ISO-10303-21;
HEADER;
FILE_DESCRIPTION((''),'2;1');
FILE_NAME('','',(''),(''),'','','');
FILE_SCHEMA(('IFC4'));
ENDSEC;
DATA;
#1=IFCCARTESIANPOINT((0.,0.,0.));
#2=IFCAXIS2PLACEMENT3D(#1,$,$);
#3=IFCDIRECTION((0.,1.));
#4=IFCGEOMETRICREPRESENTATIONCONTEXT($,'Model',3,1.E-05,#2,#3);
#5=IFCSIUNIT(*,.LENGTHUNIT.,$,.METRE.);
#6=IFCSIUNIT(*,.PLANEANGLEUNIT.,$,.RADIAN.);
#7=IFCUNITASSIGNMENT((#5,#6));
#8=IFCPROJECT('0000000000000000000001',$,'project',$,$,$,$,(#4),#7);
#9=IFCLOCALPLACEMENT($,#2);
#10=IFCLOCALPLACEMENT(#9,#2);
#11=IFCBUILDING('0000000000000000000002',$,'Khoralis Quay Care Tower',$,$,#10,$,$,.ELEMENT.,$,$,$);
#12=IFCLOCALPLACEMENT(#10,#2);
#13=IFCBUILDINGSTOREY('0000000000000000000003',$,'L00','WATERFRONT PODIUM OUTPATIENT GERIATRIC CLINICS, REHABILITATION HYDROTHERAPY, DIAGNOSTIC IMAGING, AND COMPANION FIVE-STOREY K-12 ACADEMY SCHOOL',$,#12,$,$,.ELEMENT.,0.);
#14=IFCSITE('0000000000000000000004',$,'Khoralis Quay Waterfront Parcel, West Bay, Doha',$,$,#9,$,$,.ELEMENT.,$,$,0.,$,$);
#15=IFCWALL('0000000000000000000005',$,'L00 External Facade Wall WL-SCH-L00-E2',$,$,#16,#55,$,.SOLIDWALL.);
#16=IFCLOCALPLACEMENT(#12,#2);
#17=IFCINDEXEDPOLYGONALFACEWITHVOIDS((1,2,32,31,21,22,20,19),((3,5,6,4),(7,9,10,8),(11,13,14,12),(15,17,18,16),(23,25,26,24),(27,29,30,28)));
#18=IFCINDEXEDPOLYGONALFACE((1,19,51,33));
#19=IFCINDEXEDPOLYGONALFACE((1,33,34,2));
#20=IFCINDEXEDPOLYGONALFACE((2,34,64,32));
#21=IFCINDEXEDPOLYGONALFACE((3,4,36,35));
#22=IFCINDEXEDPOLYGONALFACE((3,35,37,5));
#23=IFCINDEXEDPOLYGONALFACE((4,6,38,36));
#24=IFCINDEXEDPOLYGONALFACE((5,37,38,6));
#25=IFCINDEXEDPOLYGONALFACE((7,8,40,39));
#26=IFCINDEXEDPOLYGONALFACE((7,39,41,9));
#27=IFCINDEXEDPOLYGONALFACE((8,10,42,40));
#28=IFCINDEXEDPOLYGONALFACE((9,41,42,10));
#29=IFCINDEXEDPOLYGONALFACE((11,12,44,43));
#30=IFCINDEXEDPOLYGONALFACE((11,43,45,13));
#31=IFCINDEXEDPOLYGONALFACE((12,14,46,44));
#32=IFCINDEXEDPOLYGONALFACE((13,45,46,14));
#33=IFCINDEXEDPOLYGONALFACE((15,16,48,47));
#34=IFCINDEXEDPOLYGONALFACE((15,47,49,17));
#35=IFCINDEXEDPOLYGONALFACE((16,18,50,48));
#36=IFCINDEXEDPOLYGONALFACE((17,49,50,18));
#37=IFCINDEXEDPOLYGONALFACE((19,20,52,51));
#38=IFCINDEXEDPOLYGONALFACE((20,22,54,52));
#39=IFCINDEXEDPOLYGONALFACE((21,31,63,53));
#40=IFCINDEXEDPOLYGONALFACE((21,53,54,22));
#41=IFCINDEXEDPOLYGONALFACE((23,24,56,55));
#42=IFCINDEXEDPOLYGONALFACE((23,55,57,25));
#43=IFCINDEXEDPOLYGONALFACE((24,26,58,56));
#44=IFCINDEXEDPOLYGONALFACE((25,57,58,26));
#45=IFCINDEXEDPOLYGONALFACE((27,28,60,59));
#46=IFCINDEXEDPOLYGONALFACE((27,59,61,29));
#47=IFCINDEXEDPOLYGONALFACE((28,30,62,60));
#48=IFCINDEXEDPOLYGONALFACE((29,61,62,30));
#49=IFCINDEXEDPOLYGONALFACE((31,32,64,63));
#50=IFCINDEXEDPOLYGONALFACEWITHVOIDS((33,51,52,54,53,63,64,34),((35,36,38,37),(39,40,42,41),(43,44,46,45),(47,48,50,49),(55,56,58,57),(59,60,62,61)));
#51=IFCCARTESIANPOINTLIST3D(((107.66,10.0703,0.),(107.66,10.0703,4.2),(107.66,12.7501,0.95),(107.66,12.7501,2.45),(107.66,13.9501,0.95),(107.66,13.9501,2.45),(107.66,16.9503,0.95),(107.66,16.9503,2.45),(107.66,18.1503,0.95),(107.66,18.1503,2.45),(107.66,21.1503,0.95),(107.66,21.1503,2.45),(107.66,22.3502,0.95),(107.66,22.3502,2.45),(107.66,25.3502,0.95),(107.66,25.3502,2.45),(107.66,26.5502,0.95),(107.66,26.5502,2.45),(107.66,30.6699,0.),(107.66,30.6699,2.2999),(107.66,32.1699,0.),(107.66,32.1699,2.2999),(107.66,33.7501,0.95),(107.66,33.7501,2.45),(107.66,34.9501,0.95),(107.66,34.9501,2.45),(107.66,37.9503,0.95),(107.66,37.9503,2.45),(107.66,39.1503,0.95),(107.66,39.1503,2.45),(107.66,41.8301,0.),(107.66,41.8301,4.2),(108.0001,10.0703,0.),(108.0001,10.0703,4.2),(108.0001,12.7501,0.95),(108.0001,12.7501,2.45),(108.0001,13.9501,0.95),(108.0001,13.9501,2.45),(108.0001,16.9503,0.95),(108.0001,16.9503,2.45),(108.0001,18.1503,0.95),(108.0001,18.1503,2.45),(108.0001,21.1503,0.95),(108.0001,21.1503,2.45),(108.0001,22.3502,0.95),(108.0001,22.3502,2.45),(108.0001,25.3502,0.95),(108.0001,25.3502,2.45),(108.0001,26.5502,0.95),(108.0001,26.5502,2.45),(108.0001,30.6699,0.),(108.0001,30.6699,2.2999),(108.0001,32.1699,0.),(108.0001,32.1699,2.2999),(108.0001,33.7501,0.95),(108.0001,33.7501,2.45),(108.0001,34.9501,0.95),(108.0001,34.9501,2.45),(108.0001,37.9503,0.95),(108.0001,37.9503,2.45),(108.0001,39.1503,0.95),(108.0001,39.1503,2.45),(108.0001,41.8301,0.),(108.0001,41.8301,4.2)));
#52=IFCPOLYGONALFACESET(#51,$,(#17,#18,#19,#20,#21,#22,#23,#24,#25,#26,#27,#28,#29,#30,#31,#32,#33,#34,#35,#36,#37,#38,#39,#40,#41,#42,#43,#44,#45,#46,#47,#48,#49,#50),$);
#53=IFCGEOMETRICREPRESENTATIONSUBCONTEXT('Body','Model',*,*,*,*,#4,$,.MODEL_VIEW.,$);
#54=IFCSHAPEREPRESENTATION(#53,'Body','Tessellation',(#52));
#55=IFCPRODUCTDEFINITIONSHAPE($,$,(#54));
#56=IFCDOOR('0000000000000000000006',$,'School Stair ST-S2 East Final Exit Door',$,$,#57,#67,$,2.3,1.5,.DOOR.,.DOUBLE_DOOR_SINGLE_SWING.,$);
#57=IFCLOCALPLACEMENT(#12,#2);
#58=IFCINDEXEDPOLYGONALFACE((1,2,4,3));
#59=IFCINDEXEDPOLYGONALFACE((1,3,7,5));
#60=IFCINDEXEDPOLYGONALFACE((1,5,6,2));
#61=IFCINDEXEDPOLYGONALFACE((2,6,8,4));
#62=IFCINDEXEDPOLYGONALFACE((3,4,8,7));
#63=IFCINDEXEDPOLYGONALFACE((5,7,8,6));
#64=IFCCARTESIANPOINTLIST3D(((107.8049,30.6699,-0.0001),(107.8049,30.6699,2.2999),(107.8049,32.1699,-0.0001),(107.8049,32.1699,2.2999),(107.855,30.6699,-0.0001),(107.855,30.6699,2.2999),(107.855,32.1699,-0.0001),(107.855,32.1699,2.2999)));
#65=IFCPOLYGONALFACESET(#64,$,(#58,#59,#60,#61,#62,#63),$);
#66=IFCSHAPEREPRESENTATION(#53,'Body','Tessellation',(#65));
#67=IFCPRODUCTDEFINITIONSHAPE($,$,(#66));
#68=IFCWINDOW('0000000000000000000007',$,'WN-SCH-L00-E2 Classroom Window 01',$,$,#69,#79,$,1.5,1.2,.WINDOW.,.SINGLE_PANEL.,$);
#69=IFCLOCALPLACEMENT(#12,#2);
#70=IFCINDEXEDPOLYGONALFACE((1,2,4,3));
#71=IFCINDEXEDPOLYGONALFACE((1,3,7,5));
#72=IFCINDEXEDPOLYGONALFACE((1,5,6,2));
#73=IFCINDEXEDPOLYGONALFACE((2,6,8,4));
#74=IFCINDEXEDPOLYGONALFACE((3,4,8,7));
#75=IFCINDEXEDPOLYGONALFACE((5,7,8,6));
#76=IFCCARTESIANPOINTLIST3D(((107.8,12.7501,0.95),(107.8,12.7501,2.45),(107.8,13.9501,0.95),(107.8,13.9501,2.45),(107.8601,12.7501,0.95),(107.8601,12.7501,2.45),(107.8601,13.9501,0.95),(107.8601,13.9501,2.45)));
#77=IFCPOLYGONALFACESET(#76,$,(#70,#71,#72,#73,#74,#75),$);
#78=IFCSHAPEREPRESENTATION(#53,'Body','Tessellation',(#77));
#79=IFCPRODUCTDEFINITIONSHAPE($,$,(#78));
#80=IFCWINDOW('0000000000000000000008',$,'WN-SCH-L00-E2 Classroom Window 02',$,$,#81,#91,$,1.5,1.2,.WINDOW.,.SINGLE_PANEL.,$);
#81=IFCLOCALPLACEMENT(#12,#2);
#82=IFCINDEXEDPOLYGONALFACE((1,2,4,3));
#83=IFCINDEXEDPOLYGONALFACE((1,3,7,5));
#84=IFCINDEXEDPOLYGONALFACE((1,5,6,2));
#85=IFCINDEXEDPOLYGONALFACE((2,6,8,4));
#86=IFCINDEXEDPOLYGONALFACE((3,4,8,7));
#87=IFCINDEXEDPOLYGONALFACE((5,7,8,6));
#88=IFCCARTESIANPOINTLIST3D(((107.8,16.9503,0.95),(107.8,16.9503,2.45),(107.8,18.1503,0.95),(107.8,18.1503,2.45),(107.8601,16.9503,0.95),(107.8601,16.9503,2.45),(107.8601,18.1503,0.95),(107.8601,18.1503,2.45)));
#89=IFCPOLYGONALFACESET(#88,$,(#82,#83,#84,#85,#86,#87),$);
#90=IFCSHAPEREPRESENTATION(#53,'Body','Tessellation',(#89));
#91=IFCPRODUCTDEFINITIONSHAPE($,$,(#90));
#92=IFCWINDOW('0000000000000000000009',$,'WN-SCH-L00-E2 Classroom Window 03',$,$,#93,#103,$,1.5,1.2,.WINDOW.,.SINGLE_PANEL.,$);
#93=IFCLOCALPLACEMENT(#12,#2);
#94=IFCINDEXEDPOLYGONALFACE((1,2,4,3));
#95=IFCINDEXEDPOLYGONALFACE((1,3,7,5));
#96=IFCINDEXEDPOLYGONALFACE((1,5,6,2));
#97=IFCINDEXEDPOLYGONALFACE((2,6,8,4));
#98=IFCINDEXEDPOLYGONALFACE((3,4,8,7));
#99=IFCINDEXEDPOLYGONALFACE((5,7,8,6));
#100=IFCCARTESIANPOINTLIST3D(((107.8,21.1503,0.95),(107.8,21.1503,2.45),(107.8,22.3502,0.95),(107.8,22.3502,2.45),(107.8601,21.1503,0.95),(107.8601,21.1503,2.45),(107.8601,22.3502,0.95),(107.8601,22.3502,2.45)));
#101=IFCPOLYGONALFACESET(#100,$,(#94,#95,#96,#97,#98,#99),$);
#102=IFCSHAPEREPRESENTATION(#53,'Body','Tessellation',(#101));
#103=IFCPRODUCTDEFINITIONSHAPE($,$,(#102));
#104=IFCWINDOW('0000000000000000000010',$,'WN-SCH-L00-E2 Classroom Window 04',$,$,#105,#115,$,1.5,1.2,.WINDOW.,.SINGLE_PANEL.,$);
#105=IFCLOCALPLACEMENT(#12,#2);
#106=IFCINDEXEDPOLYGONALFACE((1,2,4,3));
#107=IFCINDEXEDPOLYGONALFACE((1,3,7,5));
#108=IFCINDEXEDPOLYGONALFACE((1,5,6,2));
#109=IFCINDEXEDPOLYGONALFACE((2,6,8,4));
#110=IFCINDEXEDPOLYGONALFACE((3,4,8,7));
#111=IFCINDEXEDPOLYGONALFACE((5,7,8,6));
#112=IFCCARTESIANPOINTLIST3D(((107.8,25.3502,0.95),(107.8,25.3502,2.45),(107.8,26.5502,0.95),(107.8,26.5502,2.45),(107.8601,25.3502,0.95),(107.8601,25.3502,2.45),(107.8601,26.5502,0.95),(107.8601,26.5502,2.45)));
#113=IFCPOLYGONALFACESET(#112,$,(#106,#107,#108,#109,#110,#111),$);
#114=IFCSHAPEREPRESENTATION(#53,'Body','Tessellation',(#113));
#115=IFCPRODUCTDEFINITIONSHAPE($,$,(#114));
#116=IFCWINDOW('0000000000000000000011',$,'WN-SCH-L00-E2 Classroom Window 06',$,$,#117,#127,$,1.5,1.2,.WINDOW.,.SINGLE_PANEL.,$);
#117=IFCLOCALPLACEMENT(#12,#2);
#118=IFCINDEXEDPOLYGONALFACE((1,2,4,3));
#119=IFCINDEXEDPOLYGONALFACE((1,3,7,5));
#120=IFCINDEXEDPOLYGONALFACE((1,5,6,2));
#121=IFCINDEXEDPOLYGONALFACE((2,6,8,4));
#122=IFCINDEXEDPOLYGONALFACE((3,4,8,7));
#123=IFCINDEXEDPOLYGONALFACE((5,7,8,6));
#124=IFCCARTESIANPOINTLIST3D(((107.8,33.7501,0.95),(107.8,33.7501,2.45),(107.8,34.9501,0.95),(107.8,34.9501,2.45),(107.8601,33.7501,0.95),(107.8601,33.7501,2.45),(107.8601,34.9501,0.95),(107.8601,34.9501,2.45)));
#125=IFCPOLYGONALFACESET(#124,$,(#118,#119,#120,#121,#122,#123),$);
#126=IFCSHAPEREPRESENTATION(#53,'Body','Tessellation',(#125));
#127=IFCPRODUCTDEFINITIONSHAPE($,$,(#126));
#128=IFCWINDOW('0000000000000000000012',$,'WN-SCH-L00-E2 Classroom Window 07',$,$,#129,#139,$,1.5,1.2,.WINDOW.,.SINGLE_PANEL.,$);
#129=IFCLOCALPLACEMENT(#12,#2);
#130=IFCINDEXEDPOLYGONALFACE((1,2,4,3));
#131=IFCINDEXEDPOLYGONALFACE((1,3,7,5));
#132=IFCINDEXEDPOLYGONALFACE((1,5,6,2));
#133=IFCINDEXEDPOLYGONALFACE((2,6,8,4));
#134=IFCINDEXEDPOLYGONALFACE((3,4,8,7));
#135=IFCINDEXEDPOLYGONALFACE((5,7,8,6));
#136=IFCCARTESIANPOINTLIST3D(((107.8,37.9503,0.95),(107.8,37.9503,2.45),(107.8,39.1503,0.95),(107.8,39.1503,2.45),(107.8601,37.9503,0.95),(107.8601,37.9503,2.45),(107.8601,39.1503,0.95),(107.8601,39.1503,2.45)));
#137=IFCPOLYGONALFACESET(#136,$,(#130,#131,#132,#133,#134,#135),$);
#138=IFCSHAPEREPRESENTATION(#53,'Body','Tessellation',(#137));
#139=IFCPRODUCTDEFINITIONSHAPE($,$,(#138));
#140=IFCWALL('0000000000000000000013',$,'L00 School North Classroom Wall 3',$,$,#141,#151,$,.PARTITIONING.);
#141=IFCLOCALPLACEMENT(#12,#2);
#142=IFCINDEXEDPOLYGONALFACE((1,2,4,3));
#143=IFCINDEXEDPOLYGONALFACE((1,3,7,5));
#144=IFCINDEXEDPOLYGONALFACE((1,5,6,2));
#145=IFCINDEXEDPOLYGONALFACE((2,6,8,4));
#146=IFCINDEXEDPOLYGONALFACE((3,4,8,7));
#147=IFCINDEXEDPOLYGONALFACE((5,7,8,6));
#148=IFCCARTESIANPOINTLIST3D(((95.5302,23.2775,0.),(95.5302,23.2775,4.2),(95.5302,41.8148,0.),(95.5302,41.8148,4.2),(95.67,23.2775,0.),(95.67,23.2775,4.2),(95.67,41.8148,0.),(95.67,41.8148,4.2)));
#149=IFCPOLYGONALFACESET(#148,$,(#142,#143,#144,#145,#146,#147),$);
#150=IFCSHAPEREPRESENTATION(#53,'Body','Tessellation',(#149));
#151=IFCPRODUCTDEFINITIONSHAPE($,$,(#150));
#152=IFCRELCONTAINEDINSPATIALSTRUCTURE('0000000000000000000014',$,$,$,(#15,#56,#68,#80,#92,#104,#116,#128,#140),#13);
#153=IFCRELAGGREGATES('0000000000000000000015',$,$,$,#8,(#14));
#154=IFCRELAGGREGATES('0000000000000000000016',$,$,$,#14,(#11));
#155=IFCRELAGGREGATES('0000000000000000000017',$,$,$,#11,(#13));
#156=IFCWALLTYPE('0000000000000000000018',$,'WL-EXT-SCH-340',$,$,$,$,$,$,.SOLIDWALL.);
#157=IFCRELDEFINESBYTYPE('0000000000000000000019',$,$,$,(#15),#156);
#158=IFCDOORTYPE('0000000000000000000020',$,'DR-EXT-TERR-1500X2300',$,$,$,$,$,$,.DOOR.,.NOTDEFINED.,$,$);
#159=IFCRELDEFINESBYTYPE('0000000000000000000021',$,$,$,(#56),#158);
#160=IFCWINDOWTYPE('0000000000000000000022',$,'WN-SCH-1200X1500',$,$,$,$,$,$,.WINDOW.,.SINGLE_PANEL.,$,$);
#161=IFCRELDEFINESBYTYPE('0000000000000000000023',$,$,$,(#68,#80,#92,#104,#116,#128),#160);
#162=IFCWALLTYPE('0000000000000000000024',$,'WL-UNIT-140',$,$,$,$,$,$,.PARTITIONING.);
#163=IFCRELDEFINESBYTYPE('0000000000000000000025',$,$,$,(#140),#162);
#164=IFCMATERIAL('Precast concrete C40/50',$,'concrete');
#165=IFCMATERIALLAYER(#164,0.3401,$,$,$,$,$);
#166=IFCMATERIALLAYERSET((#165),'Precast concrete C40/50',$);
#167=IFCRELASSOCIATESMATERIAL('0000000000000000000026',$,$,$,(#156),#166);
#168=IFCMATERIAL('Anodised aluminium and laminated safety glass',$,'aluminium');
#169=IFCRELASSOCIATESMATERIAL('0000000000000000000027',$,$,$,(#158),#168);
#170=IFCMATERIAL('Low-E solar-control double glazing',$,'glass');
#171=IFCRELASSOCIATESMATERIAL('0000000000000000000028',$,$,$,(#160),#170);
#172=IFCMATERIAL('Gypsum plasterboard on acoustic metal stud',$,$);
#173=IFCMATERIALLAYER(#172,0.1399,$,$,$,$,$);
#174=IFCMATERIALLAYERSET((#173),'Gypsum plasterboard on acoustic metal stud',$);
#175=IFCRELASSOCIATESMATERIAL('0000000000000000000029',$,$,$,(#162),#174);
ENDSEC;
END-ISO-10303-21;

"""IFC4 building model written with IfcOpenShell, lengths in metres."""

from ifc_helpers import new_model, si_unit, direction, frame, frame_2d, origin, place, context, subcontext, project, spatial, rectangle, extrude, source, transform, mapped, material, layer, layer_set, type_object, element, fill, save


model = new_model("IFC4")

# Units and contexts
model_context = context("Model", 3, precision=1e-05, world=origin(), true_north=direction((0.0, 1.0)))
body_context = subcontext(model_context, "Body", "Model", "MODEL_VIEW")
ifc_project = project(units=[si_unit("LENGTHUNIT", "METRE"), si_unit("PLANEANGLEUNIT", "RADIAN")], contexts=[model_context])

# Site, building, storey
site_placement = place(None, origin())
site = spatial("IfcSite", under=ifc_project, at=site_placement, Name="Khoralis Quay Waterfront Parcel, West Bay, Doha", CompositionType="ELEMENT", RefElevation=0.0)
building_placement = place(site_placement, origin())
building = spatial("IfcBuilding", under=site, at=building_placement, Name="Khoralis Quay Care Tower", CompositionType="ELEMENT")
storey_placement = place(building_placement, origin())
storey = spatial("IfcBuildingStorey", under=building, at=storey_placement, Name="L00", Description="WATERFRONT PODIUM OUTPATIENT GERIATRIC CLINICS, REHABILITATION HYDROTHERAPY, DIAGNOSTIC IMAGING, AND COMPANION FIVE-STOREY K-12 ACADEMY SCHOOL", CompositionType="ELEMENT", Elevation=0.0)

# Shared definitions
ifc_material_1 = material(Name="Gypsum plasterboard on acoustic metal stud")

# Wall, openings, door, windows
ifc_material_2 = material(Name="Precast concrete C40/50", Category="concrete")
ifc_layer_1 = layer(ifc_material_2, 0.3401)
ifc_layer_set_1 = layer_set([ifc_layer_1], Name="Precast concrete C40/50")
wall_type_1 = type_object("IfcWallType", Name="WL-EXT-SCH-340", PredefinedType="SOLIDWALL", material=ifc_layer_set_1)
wall_1_placement = place(storey_placement, frame((107.8301, 10.0703, 0.0), z_axis=(0.0, 0.0, 1.0), x_axis=(0.0, 1.0, 0.0)))
wall_1 = element("IfcWall", 1, at=wall_1_placement, inside=storey, type_object=wall_type_1, Name="L00 External Facade Wall WL-SCH-L00-E2", PredefinedType="SOLIDWALL", context=body_context, shape_type="SweptSolid", body=[
    extrude(rectangle(XDim=31.7598, YDim=0.3401, at=frame_2d((15.8799, 0.0))), origin(), (0.0, 0.0, 1.0), 4.2),
])
opening_1_placement = place(wall_1_placement, frame((2.6797, 0.0, 0.95)))
opening_1 = element("IfcOpeningElement", 2, at=opening_1_placement, cuts=wall_1, PredefinedType="OPENING", context=body_context, shape_type="SweptSolid", body=[
    extrude(rectangle(XDim=1.2, YDim=1.5, at=frame_2d((0.6001, 0.75))), frame((0.0, 0.1802, 0.0), z_axis=(0.0, -1.0, 0.0), x_axis=(1.0, 0.0, 0.0)), (0.0, 0.0, 1.0), 0.3601),
])
opening_2_placement = place(wall_1_placement, frame((6.8799, 0.0, 0.95)))
opening_2 = element("IfcOpeningElement", 3, at=opening_2_placement, cuts=wall_1, PredefinedType="OPENING", context=body_context, shape_type="SweptSolid", body=[
    extrude(rectangle(XDim=1.2, YDim=1.5, at=frame_2d((0.6001, 0.75))), frame((0.0, 0.1802, 0.0), z_axis=(0.0, -1.0, 0.0), x_axis=(1.0, 0.0, 0.0)), (0.0, 0.0, 1.0), 0.3601),
])
opening_3_placement = place(wall_1_placement, frame((11.0798, 0.0, 0.95)))
opening_3 = element("IfcOpeningElement", 4, at=opening_3_placement, cuts=wall_1, PredefinedType="OPENING", context=body_context, shape_type="SweptSolid", body=[
    extrude(rectangle(XDim=1.2, YDim=1.5, at=frame_2d((0.6001, 0.75))), frame((0.0, 0.1802, 0.0), z_axis=(0.0, -1.0, 0.0), x_axis=(1.0, 0.0, 0.0)), (0.0, 0.0, 1.0), 0.3601),
])
opening_4_placement = place(wall_1_placement, frame((15.2798, 0.0, 0.95)))
opening_4 = element("IfcOpeningElement", 5, at=opening_4_placement, cuts=wall_1, PredefinedType="OPENING", context=body_context, shape_type="SweptSolid", body=[
    extrude(rectangle(XDim=1.2, YDim=1.5, at=frame_2d((0.6001, 0.75))), frame((0.0, 0.1802, 0.0), z_axis=(0.0, -1.0, 0.0), x_axis=(1.0, 0.0, 0.0)), (0.0, 0.0, 1.0), 0.3601),
])
opening_5_placement = place(wall_1_placement, frame((23.6797, 0.0, 0.95)))
opening_5 = element("IfcOpeningElement", 6, at=opening_5_placement, cuts=wall_1, PredefinedType="OPENING", context=body_context, shape_type="SweptSolid", body=[
    extrude(rectangle(XDim=1.2, YDim=1.5, at=frame_2d((0.6001, 0.75))), frame((0.0, 0.1802, 0.0), z_axis=(0.0, -1.0, 0.0), x_axis=(1.0, 0.0, 0.0)), (0.0, 0.0, 1.0), 0.3601),
])
opening_6_placement = place(wall_1_placement, frame((27.8799, 0.0, 0.95)))
opening_6 = element("IfcOpeningElement", 7, at=opening_6_placement, cuts=wall_1, PredefinedType="OPENING", context=body_context, shape_type="SweptSolid", body=[
    extrude(rectangle(XDim=1.2, YDim=1.5, at=frame_2d((0.6001, 0.75))), frame((0.0, 0.1802, 0.0), z_axis=(0.0, -1.0, 0.0), x_axis=(1.0, 0.0, 0.0)), (0.0, 0.0, 1.0), 0.3601),
])
opening_7_placement = place(wall_1_placement, frame((20.5996, 0.0, 0.0)))
opening_7 = element("IfcOpeningElement", 8, at=opening_7_placement, cuts=wall_1, PredefinedType="OPENING", context=body_context, shape_type="SweptSolid", body=[
    extrude(rectangle(XDim=1.5, YDim=2.3, at=frame_2d((0.75, 1.1499))), frame((0.0, 0.1802, 0.0), z_axis=(0.0, -1.0, 0.0), x_axis=(1.0, 0.0, 0.0)), (0.0, 0.0, 1.0), 0.3601),
])
ifc_material_3 = material(Name="Anodised aluminium and laminated safety glass", Category="aluminium")
door_type = type_object("IfcDoorType", Name="DR-EXT-TERR-1500X2300", OperationType="NOTDEFINED", PredefinedType="DOOR", material=ifc_material_3)
shared_shape_1 = source(origin(), body_context, "Body", "SweptSolid", [
    extrude(rectangle(XDim=1.5, YDim=2.3, at=frame_2d((0.75, 1.1499))), frame((0.0, 0.0249, 0.0), z_axis=(0.0, -1.0, 0.0), x_axis=(1.0, 0.0, 0.0)), (0.0, 0.0, 1.0), 0.05),
])
door_placement = place(opening_7_placement, frame((1.5, 0.0, 0.0), z_axis=(0.0, 0.0, 1.0), x_axis=(-1.0, 0.0, 0.0)))
door = element("IfcDoor", 9, at=door_placement, inside=storey, type_object=door_type, Name="School Stair ST-S2 East Final Exit Door", OperationType="DOUBLE_DOOR_SINGLE_SWING", OverallHeight=2.3, OverallWidth=1.5, PredefinedType="DOOR", context=body_context, shape_type="MappedRepresentation", body=[
    mapped(shared_shape_1, transform((0.0, 0.0, 0.0), scale=1.0)),
])
fill(opening_7, door)
ifc_material_4 = material(Name="Low-E solar-control double glazing", Category="glass")
window_type = type_object("IfcWindowType", Name="WN-SCH-1200X1500", PartitioningType="SINGLE_PANEL", PredefinedType="WINDOW", material=ifc_material_4)
shared_shape_2 = source(origin(), body_context, "Body", "SweptSolid", [
    extrude(rectangle(XDim=1.2, YDim=1.5, at=frame_2d((0.6001, 0.75))), frame((0.0, 0.03, 0.0), z_axis=(0.0, -1.0, 0.0), x_axis=(1.0, 0.0, 0.0)), (0.0, 0.0, 1.0), 0.0601),
])
window_1_placement = place(opening_1_placement, origin())
window_1 = element("IfcWindow", 10, at=window_1_placement, inside=storey, type_object=window_type, Name="WN-SCH-L00-E2 Classroom Window 01", OverallHeight=1.5, OverallWidth=1.2, PartitioningType="SINGLE_PANEL", PredefinedType="WINDOW", context=body_context, shape_type="MappedRepresentation", body=[
    mapped(shared_shape_2, transform((0.0, 0.0, 0.0), scale=1.0)),
])
fill(opening_1, window_1)
window_2_placement = place(opening_2_placement, origin())
window_2 = element("IfcWindow", 11, at=window_2_placement, inside=storey, type_object=window_type, Name="WN-SCH-L00-E2 Classroom Window 02", OverallHeight=1.5, OverallWidth=1.2, PartitioningType="SINGLE_PANEL", PredefinedType="WINDOW", context=body_context, shape_type="MappedRepresentation", body=[
    mapped(shared_shape_2, transform((0.0, 0.0, 0.0), scale=1.0)),
])
fill(opening_2, window_2)
window_3_placement = place(opening_3_placement, origin())
window_3 = element("IfcWindow", 12, at=window_3_placement, inside=storey, type_object=window_type, Name="WN-SCH-L00-E2 Classroom Window 03", OverallHeight=1.5, OverallWidth=1.2, PartitioningType="SINGLE_PANEL", PredefinedType="WINDOW", context=body_context, shape_type="MappedRepresentation", body=[
    mapped(shared_shape_2, transform((0.0, 0.0, 0.0), scale=1.0)),
])
fill(opening_3, window_3)
window_4_placement = place(opening_4_placement, origin())
window_4 = element("IfcWindow", 13, at=window_4_placement, inside=storey, type_object=window_type, Name="WN-SCH-L00-E2 Classroom Window 04", OverallHeight=1.5, OverallWidth=1.2, PartitioningType="SINGLE_PANEL", PredefinedType="WINDOW", context=body_context, shape_type="MappedRepresentation", body=[
    mapped(shared_shape_2, transform((0.0, 0.0, 0.0), scale=1.0)),
])
fill(opening_4, window_4)
window_5_placement = place(opening_5_placement, origin())
window_5 = element("IfcWindow", 14, at=window_5_placement, inside=storey, type_object=window_type, Name="WN-SCH-L00-E2 Classroom Window 06", OverallHeight=1.5, OverallWidth=1.2, PartitioningType="SINGLE_PANEL", PredefinedType="WINDOW", context=body_context, shape_type="MappedRepresentation", body=[
    mapped(shared_shape_2, transform((0.0, 0.0, 0.0), scale=1.0)),
])
fill(opening_5, window_5)
window_6_placement = place(opening_6_placement, origin())
window_6 = element("IfcWindow", 15, at=window_6_placement, inside=storey, type_object=window_type, Name="WN-SCH-L00-E2 Classroom Window 07", OverallHeight=1.5, OverallWidth=1.2, PartitioningType="SINGLE_PANEL", PredefinedType="WINDOW", context=body_context, shape_type="MappedRepresentation", body=[
    mapped(shared_shape_2, transform((0.0, 0.0, 0.0), scale=1.0)),
])
fill(opening_6, window_6)

# Wall
ifc_layer_2 = layer(ifc_material_1, 0.1399)
ifc_layer_set_2 = layer_set([ifc_layer_2], Name="Gypsum plasterboard on acoustic metal stud")
wall_type_2 = type_object("IfcWallType", Name="WL-UNIT-140", PredefinedType="PARTITIONING", material=ifc_layer_set_2)
wall_2_placement = place(storey_placement, frame((95.6001, 23.2776, 0.0), z_axis=(0.0, 0.0, 1.0), x_axis=(0.0, 1.0, 0.0)))
element("IfcWall", 16, at=wall_2_placement, inside=storey, type_object=wall_type_2, Name="L00 School North Classroom Wall 3", PredefinedType="PARTITIONING", context=body_context, shape_type="SweptSolid", body=[
    extrude(rectangle(XDim=18.5374, YDim=0.1399, at=frame_2d((9.2686, 0.0))), origin(), (0.0, 0.0, 1.0), 4.2),
])

save(model, "model.ifc")
